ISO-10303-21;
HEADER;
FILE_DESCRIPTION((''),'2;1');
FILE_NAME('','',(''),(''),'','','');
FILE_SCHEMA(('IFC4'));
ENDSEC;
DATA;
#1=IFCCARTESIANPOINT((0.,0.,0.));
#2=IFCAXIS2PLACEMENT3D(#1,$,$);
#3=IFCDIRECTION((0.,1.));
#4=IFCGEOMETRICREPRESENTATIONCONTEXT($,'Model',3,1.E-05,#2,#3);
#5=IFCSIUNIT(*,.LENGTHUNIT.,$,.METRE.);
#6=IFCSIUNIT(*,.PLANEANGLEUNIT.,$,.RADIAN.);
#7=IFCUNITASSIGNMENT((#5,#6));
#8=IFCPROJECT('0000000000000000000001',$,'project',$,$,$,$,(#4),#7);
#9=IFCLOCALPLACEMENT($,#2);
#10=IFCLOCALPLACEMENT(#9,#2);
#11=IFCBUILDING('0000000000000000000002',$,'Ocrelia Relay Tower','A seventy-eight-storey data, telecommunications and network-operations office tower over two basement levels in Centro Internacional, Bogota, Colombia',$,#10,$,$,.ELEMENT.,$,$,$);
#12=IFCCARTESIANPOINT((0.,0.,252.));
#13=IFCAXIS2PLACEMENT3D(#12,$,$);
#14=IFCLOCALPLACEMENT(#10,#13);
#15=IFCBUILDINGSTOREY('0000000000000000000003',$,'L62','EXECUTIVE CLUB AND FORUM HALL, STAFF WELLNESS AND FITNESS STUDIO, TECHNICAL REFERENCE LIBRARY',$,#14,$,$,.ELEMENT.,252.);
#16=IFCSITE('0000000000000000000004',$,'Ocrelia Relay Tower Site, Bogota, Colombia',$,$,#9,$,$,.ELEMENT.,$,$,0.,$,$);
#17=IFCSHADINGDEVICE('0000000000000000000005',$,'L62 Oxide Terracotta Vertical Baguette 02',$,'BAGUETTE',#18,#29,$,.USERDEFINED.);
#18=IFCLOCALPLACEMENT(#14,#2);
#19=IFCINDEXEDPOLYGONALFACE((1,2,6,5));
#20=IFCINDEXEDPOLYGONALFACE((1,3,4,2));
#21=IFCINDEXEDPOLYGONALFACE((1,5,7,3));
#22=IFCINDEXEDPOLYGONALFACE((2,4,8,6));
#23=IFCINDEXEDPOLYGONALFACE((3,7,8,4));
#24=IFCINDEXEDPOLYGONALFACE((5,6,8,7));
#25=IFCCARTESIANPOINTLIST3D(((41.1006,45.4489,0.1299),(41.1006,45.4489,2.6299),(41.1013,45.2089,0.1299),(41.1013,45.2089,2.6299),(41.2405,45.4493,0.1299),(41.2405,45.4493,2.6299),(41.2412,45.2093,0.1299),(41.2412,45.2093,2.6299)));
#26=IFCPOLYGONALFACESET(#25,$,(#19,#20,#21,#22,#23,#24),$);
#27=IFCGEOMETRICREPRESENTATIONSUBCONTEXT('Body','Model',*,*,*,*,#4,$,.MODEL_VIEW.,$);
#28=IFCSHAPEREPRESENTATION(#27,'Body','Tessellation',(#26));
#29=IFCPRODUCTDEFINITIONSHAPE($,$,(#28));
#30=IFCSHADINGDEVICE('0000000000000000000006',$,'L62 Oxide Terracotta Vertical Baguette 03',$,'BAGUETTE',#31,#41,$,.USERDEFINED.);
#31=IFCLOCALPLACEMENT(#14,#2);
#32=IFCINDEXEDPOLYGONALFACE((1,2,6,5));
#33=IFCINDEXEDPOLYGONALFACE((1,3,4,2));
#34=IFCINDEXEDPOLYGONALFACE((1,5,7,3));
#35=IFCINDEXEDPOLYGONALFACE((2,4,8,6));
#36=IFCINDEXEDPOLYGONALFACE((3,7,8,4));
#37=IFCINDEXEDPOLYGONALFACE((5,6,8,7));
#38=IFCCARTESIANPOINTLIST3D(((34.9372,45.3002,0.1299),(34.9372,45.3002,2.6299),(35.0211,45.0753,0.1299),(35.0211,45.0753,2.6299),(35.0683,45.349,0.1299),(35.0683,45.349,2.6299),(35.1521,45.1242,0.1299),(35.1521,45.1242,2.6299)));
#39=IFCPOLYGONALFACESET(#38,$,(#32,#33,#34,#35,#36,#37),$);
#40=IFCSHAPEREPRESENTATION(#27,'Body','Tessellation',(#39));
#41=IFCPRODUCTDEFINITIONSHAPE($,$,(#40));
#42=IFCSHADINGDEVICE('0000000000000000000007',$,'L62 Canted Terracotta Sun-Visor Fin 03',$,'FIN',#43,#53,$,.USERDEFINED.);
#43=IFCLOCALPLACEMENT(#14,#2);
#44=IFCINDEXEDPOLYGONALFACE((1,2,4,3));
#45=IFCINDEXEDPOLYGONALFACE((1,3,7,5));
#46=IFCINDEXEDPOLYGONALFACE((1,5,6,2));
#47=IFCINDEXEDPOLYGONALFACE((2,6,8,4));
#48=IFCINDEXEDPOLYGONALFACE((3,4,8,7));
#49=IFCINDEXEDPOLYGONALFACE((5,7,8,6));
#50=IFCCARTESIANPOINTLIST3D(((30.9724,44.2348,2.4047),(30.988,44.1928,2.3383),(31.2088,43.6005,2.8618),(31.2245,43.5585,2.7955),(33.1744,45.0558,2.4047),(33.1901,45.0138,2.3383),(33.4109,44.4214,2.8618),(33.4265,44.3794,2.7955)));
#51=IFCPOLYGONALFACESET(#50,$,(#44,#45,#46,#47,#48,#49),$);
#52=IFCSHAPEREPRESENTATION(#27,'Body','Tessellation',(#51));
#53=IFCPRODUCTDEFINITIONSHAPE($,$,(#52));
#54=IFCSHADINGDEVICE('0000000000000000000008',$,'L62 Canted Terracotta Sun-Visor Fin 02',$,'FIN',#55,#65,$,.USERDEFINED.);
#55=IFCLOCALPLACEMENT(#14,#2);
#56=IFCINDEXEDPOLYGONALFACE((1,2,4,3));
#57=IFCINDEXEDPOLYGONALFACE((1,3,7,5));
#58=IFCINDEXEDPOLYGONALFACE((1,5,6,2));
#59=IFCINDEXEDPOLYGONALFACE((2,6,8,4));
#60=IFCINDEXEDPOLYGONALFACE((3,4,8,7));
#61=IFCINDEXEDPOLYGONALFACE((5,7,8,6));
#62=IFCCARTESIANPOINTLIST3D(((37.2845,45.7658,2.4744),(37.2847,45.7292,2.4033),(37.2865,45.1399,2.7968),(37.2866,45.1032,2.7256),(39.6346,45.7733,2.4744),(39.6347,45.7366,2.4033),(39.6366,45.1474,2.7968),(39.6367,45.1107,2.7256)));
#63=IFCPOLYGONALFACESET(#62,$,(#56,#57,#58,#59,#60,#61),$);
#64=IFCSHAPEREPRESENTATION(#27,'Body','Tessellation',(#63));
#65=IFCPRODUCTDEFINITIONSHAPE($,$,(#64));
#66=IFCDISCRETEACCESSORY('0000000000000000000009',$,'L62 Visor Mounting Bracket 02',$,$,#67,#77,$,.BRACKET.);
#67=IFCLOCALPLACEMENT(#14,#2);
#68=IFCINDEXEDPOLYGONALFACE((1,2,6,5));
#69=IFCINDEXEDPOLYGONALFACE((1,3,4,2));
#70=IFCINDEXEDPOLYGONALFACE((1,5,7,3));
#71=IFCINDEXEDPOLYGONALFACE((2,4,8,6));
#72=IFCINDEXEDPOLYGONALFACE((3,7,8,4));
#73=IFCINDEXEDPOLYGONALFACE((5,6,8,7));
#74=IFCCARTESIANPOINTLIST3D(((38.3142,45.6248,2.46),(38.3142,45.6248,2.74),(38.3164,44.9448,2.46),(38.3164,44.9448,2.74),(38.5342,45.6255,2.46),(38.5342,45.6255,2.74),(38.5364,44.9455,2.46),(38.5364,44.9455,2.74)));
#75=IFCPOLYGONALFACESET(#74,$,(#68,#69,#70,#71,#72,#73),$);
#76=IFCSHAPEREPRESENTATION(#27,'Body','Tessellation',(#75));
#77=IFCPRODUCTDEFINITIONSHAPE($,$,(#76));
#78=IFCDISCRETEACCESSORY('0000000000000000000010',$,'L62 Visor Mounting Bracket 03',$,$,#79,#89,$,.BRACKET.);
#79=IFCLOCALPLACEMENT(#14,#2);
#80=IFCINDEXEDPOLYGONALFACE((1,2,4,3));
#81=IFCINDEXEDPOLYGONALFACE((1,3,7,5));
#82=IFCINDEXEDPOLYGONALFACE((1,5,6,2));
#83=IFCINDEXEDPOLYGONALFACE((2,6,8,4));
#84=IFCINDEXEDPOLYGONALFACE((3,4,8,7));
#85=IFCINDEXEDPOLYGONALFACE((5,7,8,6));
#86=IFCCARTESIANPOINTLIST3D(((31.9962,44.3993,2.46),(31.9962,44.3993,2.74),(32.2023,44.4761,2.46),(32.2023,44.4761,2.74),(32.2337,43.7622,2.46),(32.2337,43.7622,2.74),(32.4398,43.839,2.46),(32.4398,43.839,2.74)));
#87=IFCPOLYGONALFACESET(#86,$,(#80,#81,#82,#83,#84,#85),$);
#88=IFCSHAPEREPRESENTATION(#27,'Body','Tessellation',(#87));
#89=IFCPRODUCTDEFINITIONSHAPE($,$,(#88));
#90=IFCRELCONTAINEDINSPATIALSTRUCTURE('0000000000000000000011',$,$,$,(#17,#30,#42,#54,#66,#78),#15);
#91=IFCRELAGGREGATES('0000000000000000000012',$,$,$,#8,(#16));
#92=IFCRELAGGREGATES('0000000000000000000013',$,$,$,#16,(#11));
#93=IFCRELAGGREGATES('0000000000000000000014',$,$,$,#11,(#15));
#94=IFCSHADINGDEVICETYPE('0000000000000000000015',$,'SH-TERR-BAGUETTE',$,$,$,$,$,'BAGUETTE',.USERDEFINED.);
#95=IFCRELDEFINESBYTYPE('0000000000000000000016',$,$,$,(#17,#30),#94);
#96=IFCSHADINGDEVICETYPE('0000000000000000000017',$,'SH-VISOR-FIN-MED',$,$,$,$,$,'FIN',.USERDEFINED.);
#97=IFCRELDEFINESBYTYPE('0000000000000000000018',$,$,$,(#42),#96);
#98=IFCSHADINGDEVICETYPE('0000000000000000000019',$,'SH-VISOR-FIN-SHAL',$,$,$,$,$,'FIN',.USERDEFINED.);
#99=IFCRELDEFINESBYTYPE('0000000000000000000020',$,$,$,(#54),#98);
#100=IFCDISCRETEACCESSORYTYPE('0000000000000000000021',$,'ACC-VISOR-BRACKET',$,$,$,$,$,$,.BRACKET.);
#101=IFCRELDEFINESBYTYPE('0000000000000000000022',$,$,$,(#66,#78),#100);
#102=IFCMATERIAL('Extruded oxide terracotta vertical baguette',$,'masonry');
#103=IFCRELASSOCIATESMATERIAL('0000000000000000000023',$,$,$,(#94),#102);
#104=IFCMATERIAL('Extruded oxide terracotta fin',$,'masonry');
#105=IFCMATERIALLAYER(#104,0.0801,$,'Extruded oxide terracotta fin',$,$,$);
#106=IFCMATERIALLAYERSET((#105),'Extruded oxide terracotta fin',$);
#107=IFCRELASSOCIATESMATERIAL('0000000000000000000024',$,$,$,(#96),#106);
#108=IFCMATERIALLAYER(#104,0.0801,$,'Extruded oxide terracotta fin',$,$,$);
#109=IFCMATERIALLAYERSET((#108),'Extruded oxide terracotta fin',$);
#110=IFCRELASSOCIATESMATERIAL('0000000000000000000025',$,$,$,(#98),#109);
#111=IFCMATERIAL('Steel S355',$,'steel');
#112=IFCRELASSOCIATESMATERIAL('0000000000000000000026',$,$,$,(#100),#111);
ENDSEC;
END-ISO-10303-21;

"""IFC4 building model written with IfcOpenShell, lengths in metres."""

from ifc_helpers import new_model, si_unit, direction, frame, origin, origin_2d, place, context, subcontext, project, spatial, rectangle, extrude, material, layer, layer_set, type_object, element, save


model = new_model("IFC4")

# Units and contexts
model_context = context("Model", 3, precision=1e-05, world=origin(), true_north=direction((0.0, 1.0)))
body_context = subcontext(model_context, "Body", "Model", "MODEL_VIEW")
ifc_project = project(units=[si_unit("LENGTHUNIT", "METRE"), si_unit("PLANEANGLEUNIT", "RADIAN")], contexts=[model_context])

# Site, building, storey
site_placement = place(None, origin())
site = spatial("IfcSite", under=ifc_project, at=site_placement, Name="Ocrelia Relay Tower Site, Bogota, Colombia", CompositionType="ELEMENT", RefElevation=0.0)
building_placement = place(site_placement, origin())
building = spatial("IfcBuilding", under=site, at=building_placement, Name="Ocrelia Relay Tower", Description="A seventy-eight-storey data, telecommunications and network-operations office tower over two basement levels in Centro Internacional, Bogota, Colombia", CompositionType="ELEMENT")
storey_placement = place(building_placement, frame((0.0, 0.0, 252.0)))
storey = spatial("IfcBuildingStorey", under=building, at=storey_placement, Name="L62", Description="EXECUTIVE CLUB AND FORUM HALL, STAFF WELLNESS AND FITNESS STUDIO, TECHNICAL REFERENCE LIBRARY", CompositionType="ELEMENT", Elevation=252.0)

# Shared definitions
ifc_material_1 = material(Name="Steel S355", Category="steel")

# Shading devices
ifc_material_2 = material(Name="Extruded oxide terracotta vertical baguette", Category="masonry")
shading_device_type_1 = type_object("IfcShadingDeviceType", Name="SH-TERR-BAGUETTE", ElementType="BAGUETTE", PredefinedType="USERDEFINED", material=ifc_material_2)
for number, where, z_axis, x_axis, name in (
    (1, (41.1709, 45.3291, 0.1299), (0.0, 0.0, 1.0), (-0.999995, -0.003184, 0.0), "L62 Oxide Terracotta Vertical Baguette 02"),
    (2, (35.0447, 45.2122, 0.1299), (0.0, 0.0, 1.0), (-0.937004, -0.34932, 0.0), "L62 Oxide Terracotta Vertical Baguette 03"),
):
    element("IfcShadingDevice", number, at=place(storey_placement, frame(where, z_axis=z_axis, x_axis=x_axis)), inside=storey, type_object=shading_device_type_1, Name=name, ObjectType="BAGUETTE", PredefinedType="USERDEFINED", context=body_context, shape_type="SweptSolid", body=[
        extrude(rectangle(XDim=0.1399, YDim=0.24, at=origin_2d()), origin(), (0.0, 0.0, 1.0), 2.5),
    ])
ifc_material_3 = material(Name="Extruded oxide terracotta fin", Category="masonry")
ifc_layer_1 = layer(ifc_material_3, 0.0801, Name="Extruded oxide terracotta fin")
ifc_layer_set_1 = layer_set([ifc_layer_1], Name="Extruded oxide terracotta fin")
shading_device_type_2 = type_object("IfcShadingDeviceType", Name="SH-VISOR-FIN-MED", ElementType="FIN", PredefinedType="USERDEFINED", material=ifc_layer_set_1)
shading_device_1_placement = place(storey_placement, frame((32.2073, 44.2861, 2.5669), z_axis=(-0.195489, 0.524372, 0.828745), x_axis=(-0.937004, -0.34932, 0.0)))
element("IfcShadingDevice", 3, at=shading_device_1_placement, inside=storey, type_object=shading_device_type_2, Name="L62 Canted Terracotta Sun-Visor Fin 03", ObjectType="FIN", PredefinedType="USERDEFINED", context=body_context, shape_type="SweptSolid", body=[
    extrude(rectangle(XDim=2.3501, YDim=0.8169, at=origin_2d()), origin(), (0.0, 0.0, 1.0), 0.0801),
])
ifc_layer_2 = layer(ifc_material_3, 0.0801, Name="Extruded oxide terracotta fin")
ifc_layer_set_2 = layer_set([ifc_layer_2], Name="Extruded oxide terracotta fin")
shading_device_type_3 = type_object("IfcShadingDeviceType", Name="SH-VISOR-FIN-SHAL", ElementType="FIN", PredefinedType="USERDEFINED", material=ifc_layer_set_2)
shading_device_2_placement = place(storey_placement, frame((38.4607, 45.4199, 2.5645), z_axis=(-0.001458, 0.457872, 0.889017), x_axis=(-0.999995, -0.003184, 0.0)))
element("IfcShadingDevice", 4, at=shading_device_2_placement, inside=storey, type_object=shading_device_type_3, Name="L62 Canted Terracotta Sun-Visor Fin 02", ObjectType="FIN", PredefinedType="USERDEFINED", context=body_context, shape_type="SweptSolid", body=[
    extrude(rectangle(XDim=2.3501, YDim=0.7041, at=origin_2d()), origin(), (0.0, 0.0, 1.0), 0.0801),
])

# Discrete accessories
discrete_accessory_type = type_object("IfcDiscreteAccessoryType", Name="ACC-VISOR-BRACKET", PredefinedType="BRACKET", material=ifc_material_1)
for number, where, z_axis, x_axis, name in (
    (5, (38.4253, 45.2852, 2.46), (0.0, 0.0, 1.0), (-0.999995, -0.003184, 0.0), "L62 Visor Mounting Bracket 02"),
    (6, (32.218, 44.1191, 2.46), (0.0, 0.0, 1.0), (-0.937004, -0.34932, 0.0), "L62 Visor Mounting Bracket 03"),
):
    element("IfcDiscreteAccessory", number, at=place(storey_placement, frame(where, z_axis=z_axis, x_axis=x_axis)), inside=storey, type_object=discrete_accessory_type, Name=name, PredefinedType="BRACKET", context=body_context, shape_type="SweptSolid", body=[
        extrude(rectangle(XDim=0.22, YDim=0.6799, at=origin_2d()), origin(), (0.0, 0.0, 1.0), 0.28),
    ])

save(model, "model.ifc")
